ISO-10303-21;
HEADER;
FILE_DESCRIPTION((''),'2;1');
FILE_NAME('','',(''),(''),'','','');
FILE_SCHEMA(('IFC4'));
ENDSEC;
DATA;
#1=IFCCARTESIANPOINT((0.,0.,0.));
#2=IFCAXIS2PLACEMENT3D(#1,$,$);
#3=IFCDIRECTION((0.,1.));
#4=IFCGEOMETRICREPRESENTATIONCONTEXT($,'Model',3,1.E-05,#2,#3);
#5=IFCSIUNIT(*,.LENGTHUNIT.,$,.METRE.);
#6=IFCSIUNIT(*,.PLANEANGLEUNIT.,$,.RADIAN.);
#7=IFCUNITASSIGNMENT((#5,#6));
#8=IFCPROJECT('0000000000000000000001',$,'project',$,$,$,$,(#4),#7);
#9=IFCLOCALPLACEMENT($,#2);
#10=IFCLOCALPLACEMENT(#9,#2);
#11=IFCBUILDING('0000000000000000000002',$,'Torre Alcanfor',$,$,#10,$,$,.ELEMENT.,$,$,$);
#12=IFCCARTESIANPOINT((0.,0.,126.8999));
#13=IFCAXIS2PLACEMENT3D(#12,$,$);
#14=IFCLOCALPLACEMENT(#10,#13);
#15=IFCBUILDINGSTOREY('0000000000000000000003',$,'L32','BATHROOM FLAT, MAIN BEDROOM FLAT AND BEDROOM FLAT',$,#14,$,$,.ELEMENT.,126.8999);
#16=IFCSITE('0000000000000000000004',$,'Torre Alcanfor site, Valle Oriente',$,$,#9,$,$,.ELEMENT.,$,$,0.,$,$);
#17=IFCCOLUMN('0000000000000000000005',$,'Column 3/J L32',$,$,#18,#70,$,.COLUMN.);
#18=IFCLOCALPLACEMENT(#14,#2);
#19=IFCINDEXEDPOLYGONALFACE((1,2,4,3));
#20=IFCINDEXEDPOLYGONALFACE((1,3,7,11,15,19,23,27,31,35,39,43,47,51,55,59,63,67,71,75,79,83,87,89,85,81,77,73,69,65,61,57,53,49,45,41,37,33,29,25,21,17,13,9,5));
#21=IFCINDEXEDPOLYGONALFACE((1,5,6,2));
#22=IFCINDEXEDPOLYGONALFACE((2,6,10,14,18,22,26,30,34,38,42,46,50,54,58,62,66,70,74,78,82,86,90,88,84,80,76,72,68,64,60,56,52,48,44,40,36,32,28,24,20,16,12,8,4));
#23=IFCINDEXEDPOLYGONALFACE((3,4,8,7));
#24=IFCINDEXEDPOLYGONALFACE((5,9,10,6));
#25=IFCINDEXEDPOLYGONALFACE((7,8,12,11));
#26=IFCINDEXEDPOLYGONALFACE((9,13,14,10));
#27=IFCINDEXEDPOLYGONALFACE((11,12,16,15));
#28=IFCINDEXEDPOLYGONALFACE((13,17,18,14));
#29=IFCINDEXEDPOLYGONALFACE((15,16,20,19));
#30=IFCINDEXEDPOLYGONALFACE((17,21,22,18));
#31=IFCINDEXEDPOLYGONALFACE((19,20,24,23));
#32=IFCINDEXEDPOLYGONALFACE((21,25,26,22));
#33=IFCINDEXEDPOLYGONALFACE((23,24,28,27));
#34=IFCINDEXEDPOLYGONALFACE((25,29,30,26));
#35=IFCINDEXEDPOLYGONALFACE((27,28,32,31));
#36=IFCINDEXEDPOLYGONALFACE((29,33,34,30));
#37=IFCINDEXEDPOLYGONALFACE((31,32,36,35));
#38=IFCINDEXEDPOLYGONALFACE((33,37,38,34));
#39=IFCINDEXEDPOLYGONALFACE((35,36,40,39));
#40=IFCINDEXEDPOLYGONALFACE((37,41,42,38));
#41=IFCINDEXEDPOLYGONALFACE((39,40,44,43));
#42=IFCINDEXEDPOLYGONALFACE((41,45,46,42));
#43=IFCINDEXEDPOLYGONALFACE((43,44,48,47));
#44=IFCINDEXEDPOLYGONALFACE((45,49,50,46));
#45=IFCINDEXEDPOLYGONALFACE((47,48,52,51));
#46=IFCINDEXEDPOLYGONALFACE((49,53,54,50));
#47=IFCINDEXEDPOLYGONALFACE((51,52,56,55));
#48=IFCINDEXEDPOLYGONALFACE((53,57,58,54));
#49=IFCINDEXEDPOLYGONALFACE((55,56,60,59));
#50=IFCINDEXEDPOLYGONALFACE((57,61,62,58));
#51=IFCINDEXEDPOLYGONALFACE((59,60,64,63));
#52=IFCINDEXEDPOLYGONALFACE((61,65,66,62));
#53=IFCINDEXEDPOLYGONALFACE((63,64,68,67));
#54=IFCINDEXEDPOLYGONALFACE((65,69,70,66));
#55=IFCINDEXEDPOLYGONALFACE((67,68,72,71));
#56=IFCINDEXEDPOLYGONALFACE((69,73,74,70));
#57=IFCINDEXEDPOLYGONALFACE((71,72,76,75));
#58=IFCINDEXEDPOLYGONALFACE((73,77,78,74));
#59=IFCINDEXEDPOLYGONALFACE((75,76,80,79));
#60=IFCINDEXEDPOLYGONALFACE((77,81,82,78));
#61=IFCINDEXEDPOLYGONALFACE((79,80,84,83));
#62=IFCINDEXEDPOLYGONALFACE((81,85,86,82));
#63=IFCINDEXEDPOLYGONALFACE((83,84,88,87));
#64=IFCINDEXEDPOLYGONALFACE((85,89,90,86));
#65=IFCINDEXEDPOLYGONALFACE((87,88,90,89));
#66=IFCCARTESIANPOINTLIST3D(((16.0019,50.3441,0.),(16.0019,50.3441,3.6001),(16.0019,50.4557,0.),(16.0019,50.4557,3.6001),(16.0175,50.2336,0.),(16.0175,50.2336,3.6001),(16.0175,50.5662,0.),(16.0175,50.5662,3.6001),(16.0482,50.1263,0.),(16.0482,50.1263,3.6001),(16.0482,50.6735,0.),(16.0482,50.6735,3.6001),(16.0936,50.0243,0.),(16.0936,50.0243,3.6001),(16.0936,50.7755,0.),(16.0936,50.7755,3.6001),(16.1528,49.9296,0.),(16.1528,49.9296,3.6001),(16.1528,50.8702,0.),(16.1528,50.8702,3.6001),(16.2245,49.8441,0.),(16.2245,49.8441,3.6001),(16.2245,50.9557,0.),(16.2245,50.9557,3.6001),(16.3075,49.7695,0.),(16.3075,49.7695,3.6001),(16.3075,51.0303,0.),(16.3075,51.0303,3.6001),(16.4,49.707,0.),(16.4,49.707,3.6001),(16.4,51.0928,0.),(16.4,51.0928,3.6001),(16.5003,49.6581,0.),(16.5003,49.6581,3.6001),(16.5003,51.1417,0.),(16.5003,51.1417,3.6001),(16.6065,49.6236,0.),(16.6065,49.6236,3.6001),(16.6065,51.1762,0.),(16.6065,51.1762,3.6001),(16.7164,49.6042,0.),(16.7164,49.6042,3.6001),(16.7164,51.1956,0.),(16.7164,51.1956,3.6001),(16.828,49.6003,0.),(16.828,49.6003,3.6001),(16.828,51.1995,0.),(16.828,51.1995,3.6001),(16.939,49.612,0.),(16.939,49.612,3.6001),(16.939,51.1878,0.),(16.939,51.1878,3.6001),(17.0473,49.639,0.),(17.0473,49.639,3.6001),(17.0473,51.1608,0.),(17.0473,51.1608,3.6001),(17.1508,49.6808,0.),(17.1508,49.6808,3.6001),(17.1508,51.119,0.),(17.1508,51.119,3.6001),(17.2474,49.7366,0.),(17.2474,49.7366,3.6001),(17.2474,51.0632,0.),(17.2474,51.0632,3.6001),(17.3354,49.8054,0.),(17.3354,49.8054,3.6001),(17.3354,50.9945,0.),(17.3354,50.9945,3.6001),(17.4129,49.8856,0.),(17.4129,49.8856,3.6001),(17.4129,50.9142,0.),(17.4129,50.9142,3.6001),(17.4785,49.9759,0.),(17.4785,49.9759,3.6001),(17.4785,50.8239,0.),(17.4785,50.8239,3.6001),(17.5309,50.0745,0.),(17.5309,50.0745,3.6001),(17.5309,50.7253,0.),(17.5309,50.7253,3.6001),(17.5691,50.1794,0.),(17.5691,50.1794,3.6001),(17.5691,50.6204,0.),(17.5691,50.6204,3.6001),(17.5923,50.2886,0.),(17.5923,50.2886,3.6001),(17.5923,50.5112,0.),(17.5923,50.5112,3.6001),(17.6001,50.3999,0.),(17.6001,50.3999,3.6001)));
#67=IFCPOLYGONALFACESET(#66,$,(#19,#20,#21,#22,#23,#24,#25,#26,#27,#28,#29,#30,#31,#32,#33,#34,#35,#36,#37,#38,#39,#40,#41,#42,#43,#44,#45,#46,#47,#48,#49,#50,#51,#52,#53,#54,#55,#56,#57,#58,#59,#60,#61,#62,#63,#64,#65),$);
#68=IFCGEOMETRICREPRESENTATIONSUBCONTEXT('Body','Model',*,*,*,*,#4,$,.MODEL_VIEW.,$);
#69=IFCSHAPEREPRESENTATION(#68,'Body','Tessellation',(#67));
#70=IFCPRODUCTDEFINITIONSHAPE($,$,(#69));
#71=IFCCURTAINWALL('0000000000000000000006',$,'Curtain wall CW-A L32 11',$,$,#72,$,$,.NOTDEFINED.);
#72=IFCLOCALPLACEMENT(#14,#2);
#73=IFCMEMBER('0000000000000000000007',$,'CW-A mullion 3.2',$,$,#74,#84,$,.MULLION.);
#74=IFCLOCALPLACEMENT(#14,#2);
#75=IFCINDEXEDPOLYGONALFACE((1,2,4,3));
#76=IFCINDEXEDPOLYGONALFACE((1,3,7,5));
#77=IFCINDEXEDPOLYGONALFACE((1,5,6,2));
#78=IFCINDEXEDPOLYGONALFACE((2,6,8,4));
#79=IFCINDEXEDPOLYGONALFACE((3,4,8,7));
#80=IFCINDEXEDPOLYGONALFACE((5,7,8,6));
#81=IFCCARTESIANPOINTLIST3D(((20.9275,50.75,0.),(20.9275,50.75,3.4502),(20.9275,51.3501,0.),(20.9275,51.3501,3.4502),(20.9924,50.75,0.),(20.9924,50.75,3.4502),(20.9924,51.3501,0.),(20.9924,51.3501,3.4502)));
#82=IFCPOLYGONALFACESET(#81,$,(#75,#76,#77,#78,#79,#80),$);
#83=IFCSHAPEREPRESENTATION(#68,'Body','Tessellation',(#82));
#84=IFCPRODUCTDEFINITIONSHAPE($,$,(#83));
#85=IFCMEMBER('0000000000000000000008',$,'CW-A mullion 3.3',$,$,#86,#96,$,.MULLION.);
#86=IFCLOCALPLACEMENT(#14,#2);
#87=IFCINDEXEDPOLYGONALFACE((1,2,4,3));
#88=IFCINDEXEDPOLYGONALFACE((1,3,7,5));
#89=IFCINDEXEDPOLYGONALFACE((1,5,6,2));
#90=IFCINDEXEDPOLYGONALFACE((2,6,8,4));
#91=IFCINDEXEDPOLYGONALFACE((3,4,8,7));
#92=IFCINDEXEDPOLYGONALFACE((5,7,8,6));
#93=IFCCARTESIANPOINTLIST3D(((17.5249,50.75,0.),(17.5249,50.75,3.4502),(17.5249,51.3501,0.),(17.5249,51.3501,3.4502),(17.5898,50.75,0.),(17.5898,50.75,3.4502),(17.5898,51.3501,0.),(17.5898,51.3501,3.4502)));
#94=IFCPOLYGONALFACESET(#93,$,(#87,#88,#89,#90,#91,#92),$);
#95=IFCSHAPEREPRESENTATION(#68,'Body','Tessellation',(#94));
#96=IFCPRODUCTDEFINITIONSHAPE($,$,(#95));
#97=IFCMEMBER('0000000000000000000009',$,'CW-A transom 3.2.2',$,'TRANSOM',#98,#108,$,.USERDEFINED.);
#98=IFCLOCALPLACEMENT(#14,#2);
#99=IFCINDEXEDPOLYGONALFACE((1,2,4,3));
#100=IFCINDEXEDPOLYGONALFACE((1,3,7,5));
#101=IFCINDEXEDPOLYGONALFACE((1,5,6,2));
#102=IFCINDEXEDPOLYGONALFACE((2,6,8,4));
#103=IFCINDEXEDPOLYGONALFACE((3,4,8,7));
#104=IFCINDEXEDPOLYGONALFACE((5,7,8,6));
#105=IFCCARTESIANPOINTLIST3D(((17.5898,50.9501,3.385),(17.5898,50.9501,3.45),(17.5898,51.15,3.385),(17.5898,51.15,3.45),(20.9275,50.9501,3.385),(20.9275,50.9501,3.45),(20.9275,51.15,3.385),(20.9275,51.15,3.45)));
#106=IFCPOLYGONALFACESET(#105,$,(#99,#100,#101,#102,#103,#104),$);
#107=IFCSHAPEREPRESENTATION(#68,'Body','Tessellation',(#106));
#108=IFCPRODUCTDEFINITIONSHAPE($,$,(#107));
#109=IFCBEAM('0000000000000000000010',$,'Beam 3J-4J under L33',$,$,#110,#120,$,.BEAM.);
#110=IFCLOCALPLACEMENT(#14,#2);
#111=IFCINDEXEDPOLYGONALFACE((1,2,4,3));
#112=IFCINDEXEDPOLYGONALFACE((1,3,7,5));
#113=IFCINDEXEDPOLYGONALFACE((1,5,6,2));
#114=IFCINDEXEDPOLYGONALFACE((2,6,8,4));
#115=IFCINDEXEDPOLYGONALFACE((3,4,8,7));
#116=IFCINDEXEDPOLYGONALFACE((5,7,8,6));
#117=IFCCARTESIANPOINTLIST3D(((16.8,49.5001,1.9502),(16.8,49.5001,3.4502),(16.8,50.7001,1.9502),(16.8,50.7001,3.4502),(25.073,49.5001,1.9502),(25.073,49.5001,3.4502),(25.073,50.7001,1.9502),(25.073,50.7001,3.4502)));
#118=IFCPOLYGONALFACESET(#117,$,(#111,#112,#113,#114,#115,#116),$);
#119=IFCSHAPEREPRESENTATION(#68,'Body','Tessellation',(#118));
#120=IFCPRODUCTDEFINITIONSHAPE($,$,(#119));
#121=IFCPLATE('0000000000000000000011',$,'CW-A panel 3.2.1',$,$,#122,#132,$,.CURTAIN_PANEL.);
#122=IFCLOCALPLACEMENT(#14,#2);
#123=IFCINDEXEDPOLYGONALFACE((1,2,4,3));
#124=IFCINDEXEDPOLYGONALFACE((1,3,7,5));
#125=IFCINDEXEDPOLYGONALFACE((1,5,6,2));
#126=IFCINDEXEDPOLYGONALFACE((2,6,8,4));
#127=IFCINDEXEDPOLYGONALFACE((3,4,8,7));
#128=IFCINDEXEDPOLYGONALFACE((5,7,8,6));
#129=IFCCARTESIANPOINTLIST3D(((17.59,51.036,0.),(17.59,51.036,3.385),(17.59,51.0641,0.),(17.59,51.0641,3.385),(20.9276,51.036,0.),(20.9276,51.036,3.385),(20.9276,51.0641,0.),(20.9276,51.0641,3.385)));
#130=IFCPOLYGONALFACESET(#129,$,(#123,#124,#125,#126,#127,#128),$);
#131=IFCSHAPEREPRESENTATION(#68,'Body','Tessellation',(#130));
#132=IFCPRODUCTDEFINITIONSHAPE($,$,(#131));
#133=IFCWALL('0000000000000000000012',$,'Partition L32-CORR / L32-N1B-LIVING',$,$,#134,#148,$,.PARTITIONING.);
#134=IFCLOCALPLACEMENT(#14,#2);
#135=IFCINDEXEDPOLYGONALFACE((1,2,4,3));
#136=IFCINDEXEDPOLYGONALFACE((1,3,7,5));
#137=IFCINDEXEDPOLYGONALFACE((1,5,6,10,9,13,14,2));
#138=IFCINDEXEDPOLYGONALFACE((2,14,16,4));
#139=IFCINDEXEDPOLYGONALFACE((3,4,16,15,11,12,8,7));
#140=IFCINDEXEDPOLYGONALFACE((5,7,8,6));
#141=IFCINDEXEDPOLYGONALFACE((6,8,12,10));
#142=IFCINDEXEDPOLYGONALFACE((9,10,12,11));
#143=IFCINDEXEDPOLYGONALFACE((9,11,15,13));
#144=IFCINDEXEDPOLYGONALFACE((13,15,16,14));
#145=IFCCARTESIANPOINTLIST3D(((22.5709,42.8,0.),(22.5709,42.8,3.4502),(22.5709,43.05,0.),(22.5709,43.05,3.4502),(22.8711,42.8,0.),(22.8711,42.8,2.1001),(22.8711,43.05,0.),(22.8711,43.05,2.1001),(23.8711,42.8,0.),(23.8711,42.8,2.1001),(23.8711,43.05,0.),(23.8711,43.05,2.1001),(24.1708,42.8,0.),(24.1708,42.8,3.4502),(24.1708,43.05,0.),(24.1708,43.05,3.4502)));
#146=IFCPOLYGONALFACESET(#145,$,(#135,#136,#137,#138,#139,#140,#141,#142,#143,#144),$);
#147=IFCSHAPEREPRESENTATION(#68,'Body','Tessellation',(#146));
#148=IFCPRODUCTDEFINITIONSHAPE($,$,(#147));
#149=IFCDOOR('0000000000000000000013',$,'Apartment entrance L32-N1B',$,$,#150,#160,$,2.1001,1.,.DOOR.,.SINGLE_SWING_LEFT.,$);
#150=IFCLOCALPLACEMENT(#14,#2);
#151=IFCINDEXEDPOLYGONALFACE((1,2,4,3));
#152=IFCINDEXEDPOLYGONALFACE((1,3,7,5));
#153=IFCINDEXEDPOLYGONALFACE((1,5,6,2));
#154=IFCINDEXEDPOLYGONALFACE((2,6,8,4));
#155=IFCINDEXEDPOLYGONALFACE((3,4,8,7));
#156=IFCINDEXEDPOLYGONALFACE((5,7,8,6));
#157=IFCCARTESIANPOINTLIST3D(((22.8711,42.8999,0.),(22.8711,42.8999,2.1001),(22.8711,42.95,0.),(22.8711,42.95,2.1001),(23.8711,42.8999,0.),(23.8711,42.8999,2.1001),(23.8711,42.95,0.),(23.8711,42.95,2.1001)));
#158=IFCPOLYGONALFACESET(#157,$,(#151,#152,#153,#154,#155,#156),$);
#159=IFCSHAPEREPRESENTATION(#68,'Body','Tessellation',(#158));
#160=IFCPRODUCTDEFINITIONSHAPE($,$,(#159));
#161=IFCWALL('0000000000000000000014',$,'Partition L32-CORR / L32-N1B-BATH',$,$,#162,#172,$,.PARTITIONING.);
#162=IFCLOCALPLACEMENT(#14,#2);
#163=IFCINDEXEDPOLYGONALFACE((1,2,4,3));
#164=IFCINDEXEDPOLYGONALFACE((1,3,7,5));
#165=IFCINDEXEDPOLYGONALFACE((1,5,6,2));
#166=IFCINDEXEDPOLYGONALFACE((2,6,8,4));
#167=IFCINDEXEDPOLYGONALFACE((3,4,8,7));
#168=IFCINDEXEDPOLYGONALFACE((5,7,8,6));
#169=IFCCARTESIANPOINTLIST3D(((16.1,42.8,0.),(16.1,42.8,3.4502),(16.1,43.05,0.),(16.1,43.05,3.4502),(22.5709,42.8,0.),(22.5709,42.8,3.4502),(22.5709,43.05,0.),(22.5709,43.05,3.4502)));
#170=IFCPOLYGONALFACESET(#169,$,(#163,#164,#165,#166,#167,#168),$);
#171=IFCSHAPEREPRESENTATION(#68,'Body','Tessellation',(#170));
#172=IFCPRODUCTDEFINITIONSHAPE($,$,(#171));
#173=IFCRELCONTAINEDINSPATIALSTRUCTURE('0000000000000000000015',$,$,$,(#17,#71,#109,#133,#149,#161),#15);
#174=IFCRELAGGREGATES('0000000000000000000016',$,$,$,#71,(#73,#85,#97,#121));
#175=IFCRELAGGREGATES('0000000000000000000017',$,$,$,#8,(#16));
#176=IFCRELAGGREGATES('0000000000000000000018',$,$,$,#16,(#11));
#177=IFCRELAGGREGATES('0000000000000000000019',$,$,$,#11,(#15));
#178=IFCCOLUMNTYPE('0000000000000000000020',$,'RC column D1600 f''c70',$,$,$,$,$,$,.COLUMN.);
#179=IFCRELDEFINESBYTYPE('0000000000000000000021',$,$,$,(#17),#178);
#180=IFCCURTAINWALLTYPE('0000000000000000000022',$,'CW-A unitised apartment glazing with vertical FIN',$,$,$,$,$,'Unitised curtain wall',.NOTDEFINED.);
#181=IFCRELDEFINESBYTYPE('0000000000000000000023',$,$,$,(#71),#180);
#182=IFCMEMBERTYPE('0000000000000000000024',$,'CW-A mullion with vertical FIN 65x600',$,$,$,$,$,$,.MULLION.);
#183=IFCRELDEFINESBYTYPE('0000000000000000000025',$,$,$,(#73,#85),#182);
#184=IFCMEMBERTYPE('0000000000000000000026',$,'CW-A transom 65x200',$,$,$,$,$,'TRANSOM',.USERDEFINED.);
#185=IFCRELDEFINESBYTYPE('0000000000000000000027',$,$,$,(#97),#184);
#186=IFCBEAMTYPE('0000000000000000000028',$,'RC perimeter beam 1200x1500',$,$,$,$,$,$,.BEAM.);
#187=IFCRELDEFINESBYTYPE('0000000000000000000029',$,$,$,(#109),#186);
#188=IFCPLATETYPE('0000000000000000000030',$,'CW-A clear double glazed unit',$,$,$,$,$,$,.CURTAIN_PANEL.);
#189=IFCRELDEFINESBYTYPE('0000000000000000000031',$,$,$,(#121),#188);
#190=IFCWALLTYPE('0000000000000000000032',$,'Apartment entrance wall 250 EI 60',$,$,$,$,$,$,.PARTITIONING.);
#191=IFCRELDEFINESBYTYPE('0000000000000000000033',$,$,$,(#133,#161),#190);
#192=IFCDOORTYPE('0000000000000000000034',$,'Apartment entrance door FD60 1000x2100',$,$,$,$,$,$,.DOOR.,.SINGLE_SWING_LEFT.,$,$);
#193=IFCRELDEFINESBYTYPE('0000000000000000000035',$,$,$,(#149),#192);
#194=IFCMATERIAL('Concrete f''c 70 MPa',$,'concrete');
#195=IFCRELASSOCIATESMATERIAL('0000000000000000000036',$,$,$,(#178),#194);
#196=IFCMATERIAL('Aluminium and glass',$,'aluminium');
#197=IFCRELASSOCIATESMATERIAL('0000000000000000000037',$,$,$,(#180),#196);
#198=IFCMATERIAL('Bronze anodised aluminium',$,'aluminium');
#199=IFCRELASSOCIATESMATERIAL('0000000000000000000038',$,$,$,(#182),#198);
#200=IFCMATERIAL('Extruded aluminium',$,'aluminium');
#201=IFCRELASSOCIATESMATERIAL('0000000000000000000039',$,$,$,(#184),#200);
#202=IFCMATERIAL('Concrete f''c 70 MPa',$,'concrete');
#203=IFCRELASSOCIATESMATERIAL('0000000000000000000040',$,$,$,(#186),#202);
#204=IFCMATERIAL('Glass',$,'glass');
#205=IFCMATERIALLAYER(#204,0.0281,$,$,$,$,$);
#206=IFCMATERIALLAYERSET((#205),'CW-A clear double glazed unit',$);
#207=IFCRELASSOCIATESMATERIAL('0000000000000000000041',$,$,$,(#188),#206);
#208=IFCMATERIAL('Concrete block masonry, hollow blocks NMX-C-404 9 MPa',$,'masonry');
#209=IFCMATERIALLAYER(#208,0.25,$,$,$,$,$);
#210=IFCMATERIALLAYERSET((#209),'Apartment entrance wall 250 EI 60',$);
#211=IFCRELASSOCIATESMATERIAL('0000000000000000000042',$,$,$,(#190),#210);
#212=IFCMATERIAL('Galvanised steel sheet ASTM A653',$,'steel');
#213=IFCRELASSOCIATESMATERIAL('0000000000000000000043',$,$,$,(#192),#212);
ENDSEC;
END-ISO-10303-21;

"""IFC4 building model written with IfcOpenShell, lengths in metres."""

from ifc_helpers import new_model, si_unit, direction, frame, frame_2d, origin, origin_2d, place, context, subcontext, project, spatial, rectangle, circle, extrude, material, layer, layer_set, material_profile, profile_set, type_object, element, fill, aggregate, save


model = new_model("IFC4")

# Units and contexts
model_context = context("Model", 3, precision=1e-05, world=origin(), true_north=direction((0.0, 1.0)))
body_context = subcontext(model_context, "Body", "Model", "MODEL_VIEW")
ifc_project = project(units=[si_unit("LENGTHUNIT", "METRE"), si_unit("PLANEANGLEUNIT", "RADIAN")], contexts=[model_context])

# Site, building, storey
site_placement = place(None, origin())
site = spatial("IfcSite", under=ifc_project, at=site_placement, Name="Torre Alcanfor site, Valle Oriente", CompositionType="ELEMENT", RefElevation=0.0)
building_placement = place(site_placement, origin())
building = spatial("IfcBuilding", under=site, at=building_placement, Name="Torre Alcanfor", CompositionType="ELEMENT")
storey_placement = place(building_placement, frame((0.0, 0.0, 126.8999)))
storey = spatial("IfcBuildingStorey", under=building, at=storey_placement, Name="L32", Description="BATHROOM FLAT, MAIN BEDROOM FLAT AND BEDROOM FLAT", CompositionType="ELEMENT", Elevation=126.8999)

# Column
ifc_material_1 = material(Name="Concrete f'c 70 MPa", Category="concrete")
ifc_material_profile_1 = material_profile(ifc_material_1, circle(Radius=0.8, at=origin_2d()), Name="D1600")
ifc_profile_set_1 = profile_set([ifc_material_profile_1], Name="Concrete f'c 70 MPa")
column_type = type_object("IfcColumnType", Name="RC column D1600 f'c70", PredefinedType="COLUMN", material=ifc_profile_set_1)
column_placement = place(storey_placement, frame((16.8, 50.3999, 0.0), z_axis=(0.0, 0.0, 1.0), x_axis=(1.0, 0.0, 0.0)))
element("IfcColumn", 1, at=column_placement, inside=storey, type_object=column_type, Name="Column 3/J L32", PredefinedType="COLUMN", context=body_context, shape_type="SweptSolid", body=[
    extrude(circle(Radius=0.8, at=origin_2d()), origin(), (0.0, 0.0, 1.0), 3.6001),
])

# Curtain wall, members
ifc_material_2 = material(Name="Aluminium and glass", Category="aluminium")
curtain_wall_type = type_object("IfcCurtainWallType", Name="CW-A unitised apartment glazing with vertical FIN", ElementType="Unitised curtain wall", PredefinedType="NOTDEFINED", material=ifc_material_2)
curtain_wall_placement = place(storey_placement, origin())
curtain_wall = element("IfcCurtainWall", 2, at=curtain_wall_placement, inside=storey, type_object=curtain_wall_type, Name="Curtain wall CW-A L32 11", PredefinedType="NOTDEFINED")
ifc_material_3 = material(Name="Bronze anodised aluminium", Category="aluminium")
ifc_material_profile_2 = material_profile(ifc_material_3, rectangle(XDim=0.6001, YDim=0.0649, at=origin_2d()), Name="CW-A mullion 65x600")
ifc_profile_set_2 = profile_set([ifc_material_profile_2], Name="Bronze anodised aluminium")
member_type_1 = type_object("IfcMemberType", Name="CW-A mullion with vertical FIN 65x600", PredefinedType="MULLION", material=ifc_profile_set_2)
member_1_placement = place(storey_placement, frame((20.96, 51.05, 0.0), z_axis=(0.0, 0.0, 1.0), x_axis=(0.0, -1.0, 0.0)))
member_1 = element("IfcMember", 3, at=member_1_placement, type_object=member_type_1, Name="CW-A mullion 3.2", PredefinedType="MULLION", context=body_context, shape_type="SweptSolid", body=[
    extrude(rectangle(XDim=0.6001, YDim=0.0649, at=origin_2d()), origin(), (0.0, 0.0, 1.0), 3.4502),
])
member_2_placement = place(storey_placement, frame((17.5574, 51.05, 0.0), z_axis=(0.0, 0.0, 1.0), x_axis=(0.0, -1.0, 0.0)))
member_2 = element("IfcMember", 4, at=member_2_placement, type_object=member_type_1, Name="CW-A mullion 3.3", PredefinedType="MULLION", context=body_context, shape_type="SweptSolid", body=[
    extrude(rectangle(XDim=0.6001, YDim=0.0649, at=origin_2d()), origin(), (0.0, 0.0, 1.0), 3.4502),
])
ifc_material_4 = material(Name="Extruded aluminium", Category="aluminium")
ifc_material_profile_3 = material_profile(ifc_material_4, rectangle(XDim=0.2, YDim=0.0649, at=origin_2d()), Name="CW-A transom 200x65")
ifc_profile_set_3 = profile_set([ifc_material_profile_3], Name="Extruded aluminium")
member_type_2 = type_object("IfcMemberType", Name="CW-A transom 65x200", ElementType="TRANSOM", PredefinedType="USERDEFINED", material=ifc_profile_set_3)
member_3_placement = place(storey_placement, frame((20.9275, 51.05, 3.4175), z_axis=(-1.0, 0.0, 0.0), x_axis=(0.0, -1.0, 0.0)))
member_3 = element("IfcMember", 5, at=member_3_placement, type_object=member_type_2, Name="CW-A transom 3.2.2", ObjectType="TRANSOM", PredefinedType="USERDEFINED", context=body_context, shape_type="SweptSolid", body=[
    extrude(rectangle(XDim=0.2, YDim=0.0649, at=origin_2d()), origin(), (0.0, 0.0, 1.0), 3.3376),
])

# Beam
ifc_material_5 = material(Name="Concrete f'c 70 MPa", Category="concrete")
ifc_material_profile_4 = material_profile(ifc_material_5, rectangle(XDim=1.2, YDim=1.5, at=origin_2d()), Name="1200x1500")
ifc_profile_set_4 = profile_set([ifc_material_profile_4], Name="Concrete f'c 70 MPa")
beam_type = type_object("IfcBeamType", Name="RC perimeter beam 1200x1500", PredefinedType="BEAM", material=ifc_profile_set_4)
beam_placement = place(storey_placement, frame((16.8, 50.1001, 2.7002), z_axis=(1.0, 0.0, 0.0), x_axis=(0.0, 1.0, 0.0)))
element("IfcBeam", 6, at=beam_placement, inside=storey, type_object=beam_type, Name="Beam 3J-4J under L33", PredefinedType="BEAM", context=body_context, shape_type="SweptSolid", body=[
    extrude(rectangle(XDim=1.2, YDim=1.5, at=origin_2d()), origin(), (0.0, 0.0, 1.0), 8.2729),
])

# Plate
ifc_material_6 = material(Name="Glass", Category="glass")
ifc_layer_1 = layer(ifc_material_6, 0.0281)
ifc_layer_set_1 = layer_set([ifc_layer_1], Name="CW-A clear double glazed unit")
plate_type = type_object("IfcPlateType", Name="CW-A clear double glazed unit", PredefinedType="CURTAIN_PANEL", material=ifc_layer_set_1)
plate_placement = place(storey_placement, frame((19.2588, 51.05, 0.0), z_axis=(0.0, 0.0, 1.0), x_axis=(-1.0, 0.0, 0.0)))
plate = element("IfcPlate", 7, at=plate_placement, type_object=plate_type, Name="CW-A panel 3.2.1", PredefinedType="CURTAIN_PANEL", context=body_context, shape_type="SweptSolid", body=[
    extrude(rectangle(XDim=3.3376, YDim=0.0281, at=origin_2d()), origin(), (0.0, 0.0, 1.0), 3.385),
])
aggregate(curtain_wall, [member_1, member_2, member_3, plate])

# Wall, opening, door
ifc_material_7 = material(Name="Concrete block masonry, hollow blocks NMX-C-404 9 MPa", Category="masonry")
ifc_layer_2 = layer(ifc_material_7, 0.25)
ifc_layer_set_2 = layer_set([ifc_layer_2], Name="Apartment entrance wall 250 EI 60")
wall_type_1 = type_object("IfcWallType", Name="Apartment entrance wall 250 EI 60", PredefinedType="PARTITIONING", material=ifc_layer_set_2)
wall_1_placement = place(storey_placement, frame((22.571, 42.925, 0.0), z_axis=(0.0, 0.0, 1.0), x_axis=(1.0, 0.0, 0.0)))
wall_1 = element("IfcWall", 8, at=wall_1_placement, inside=storey, type_object=wall_type_1, Name="Partition L32-CORR / L32-N1B-LIVING", PredefinedType="PARTITIONING", context=body_context, shape_type="SweptSolid", body=[
    extrude(rectangle(XDim=1.5999, YDim=0.25, at=frame_2d((0.7998, 0.0))), origin(), (0.0, 0.0, 1.0), 3.4502),
])
opening_1_placement = place(wall_1_placement, frame((0.3, 0.0, 0.0)))
opening_1 = element("IfcOpeningElement", 9, at=opening_1_placement, cuts=wall_1, PredefinedType="OPENING", context=body_context, shape_type="SweptSolid", body=[
    extrude(rectangle(XDim=1.0, YDim=2.1001, at=frame_2d((0.5, 1.05))), frame((0.0, 0.135, 0.0), z_axis=(0.0, -1.0, 0.0), x_axis=(1.0, 0.0, 0.0)), (0.0, 0.0, 1.0), 0.27),
])
ifc_material_8 = material(Name="Galvanised steel sheet ASTM A653", Category="steel")
door_type_1 = type_object("IfcDoorType", Name="Apartment entrance door FD60 1000x2100", OperationType="SINGLE_SWING_LEFT", PredefinedType="DOOR", material=ifc_material_8)
door_1_placement = place(opening_1_placement, origin())
door_1 = element("IfcDoor", 10, at=door_1_placement, inside=storey, type_object=door_type_1, Name="Apartment entrance L32-N1B", OperationType="SINGLE_SWING_LEFT", OverallHeight=2.1001, OverallWidth=1.0, PredefinedType="DOOR", context=body_context, shape_type="SweptSolid", body=[
    extrude(rectangle(XDim=1.0, YDim=2.1001, at=frame_2d((0.5, 1.05))), frame((0.0, 0.0249, 0.0), z_axis=(0.0, -1.0, 0.0), x_axis=(1.0, 0.0, 0.0)), (0.0, 0.0, 1.0), 0.05),
])
fill(opening_1, door_1)

# Wall
wall_2_placement = place(storey_placement, frame((16.1001, 42.925, 0.0), z_axis=(0.0, 0.0, 1.0), x_axis=(1.0, 0.0, 0.0)))
element("IfcWall", 11, at=wall_2_placement, inside=storey, type_object=wall_type_1, Name="Partition L32-CORR / L32-N1B-BATH", PredefinedType="PARTITIONING", context=body_context, shape_type="SweptSolid", body=[
    extrude(rectangle(XDim=6.4709, YDim=0.25, at=frame_2d((3.2354, 0.0))), origin(), (0.0, 0.0, 1.0), 3.4502),
])

save(model, "model.ifc")
